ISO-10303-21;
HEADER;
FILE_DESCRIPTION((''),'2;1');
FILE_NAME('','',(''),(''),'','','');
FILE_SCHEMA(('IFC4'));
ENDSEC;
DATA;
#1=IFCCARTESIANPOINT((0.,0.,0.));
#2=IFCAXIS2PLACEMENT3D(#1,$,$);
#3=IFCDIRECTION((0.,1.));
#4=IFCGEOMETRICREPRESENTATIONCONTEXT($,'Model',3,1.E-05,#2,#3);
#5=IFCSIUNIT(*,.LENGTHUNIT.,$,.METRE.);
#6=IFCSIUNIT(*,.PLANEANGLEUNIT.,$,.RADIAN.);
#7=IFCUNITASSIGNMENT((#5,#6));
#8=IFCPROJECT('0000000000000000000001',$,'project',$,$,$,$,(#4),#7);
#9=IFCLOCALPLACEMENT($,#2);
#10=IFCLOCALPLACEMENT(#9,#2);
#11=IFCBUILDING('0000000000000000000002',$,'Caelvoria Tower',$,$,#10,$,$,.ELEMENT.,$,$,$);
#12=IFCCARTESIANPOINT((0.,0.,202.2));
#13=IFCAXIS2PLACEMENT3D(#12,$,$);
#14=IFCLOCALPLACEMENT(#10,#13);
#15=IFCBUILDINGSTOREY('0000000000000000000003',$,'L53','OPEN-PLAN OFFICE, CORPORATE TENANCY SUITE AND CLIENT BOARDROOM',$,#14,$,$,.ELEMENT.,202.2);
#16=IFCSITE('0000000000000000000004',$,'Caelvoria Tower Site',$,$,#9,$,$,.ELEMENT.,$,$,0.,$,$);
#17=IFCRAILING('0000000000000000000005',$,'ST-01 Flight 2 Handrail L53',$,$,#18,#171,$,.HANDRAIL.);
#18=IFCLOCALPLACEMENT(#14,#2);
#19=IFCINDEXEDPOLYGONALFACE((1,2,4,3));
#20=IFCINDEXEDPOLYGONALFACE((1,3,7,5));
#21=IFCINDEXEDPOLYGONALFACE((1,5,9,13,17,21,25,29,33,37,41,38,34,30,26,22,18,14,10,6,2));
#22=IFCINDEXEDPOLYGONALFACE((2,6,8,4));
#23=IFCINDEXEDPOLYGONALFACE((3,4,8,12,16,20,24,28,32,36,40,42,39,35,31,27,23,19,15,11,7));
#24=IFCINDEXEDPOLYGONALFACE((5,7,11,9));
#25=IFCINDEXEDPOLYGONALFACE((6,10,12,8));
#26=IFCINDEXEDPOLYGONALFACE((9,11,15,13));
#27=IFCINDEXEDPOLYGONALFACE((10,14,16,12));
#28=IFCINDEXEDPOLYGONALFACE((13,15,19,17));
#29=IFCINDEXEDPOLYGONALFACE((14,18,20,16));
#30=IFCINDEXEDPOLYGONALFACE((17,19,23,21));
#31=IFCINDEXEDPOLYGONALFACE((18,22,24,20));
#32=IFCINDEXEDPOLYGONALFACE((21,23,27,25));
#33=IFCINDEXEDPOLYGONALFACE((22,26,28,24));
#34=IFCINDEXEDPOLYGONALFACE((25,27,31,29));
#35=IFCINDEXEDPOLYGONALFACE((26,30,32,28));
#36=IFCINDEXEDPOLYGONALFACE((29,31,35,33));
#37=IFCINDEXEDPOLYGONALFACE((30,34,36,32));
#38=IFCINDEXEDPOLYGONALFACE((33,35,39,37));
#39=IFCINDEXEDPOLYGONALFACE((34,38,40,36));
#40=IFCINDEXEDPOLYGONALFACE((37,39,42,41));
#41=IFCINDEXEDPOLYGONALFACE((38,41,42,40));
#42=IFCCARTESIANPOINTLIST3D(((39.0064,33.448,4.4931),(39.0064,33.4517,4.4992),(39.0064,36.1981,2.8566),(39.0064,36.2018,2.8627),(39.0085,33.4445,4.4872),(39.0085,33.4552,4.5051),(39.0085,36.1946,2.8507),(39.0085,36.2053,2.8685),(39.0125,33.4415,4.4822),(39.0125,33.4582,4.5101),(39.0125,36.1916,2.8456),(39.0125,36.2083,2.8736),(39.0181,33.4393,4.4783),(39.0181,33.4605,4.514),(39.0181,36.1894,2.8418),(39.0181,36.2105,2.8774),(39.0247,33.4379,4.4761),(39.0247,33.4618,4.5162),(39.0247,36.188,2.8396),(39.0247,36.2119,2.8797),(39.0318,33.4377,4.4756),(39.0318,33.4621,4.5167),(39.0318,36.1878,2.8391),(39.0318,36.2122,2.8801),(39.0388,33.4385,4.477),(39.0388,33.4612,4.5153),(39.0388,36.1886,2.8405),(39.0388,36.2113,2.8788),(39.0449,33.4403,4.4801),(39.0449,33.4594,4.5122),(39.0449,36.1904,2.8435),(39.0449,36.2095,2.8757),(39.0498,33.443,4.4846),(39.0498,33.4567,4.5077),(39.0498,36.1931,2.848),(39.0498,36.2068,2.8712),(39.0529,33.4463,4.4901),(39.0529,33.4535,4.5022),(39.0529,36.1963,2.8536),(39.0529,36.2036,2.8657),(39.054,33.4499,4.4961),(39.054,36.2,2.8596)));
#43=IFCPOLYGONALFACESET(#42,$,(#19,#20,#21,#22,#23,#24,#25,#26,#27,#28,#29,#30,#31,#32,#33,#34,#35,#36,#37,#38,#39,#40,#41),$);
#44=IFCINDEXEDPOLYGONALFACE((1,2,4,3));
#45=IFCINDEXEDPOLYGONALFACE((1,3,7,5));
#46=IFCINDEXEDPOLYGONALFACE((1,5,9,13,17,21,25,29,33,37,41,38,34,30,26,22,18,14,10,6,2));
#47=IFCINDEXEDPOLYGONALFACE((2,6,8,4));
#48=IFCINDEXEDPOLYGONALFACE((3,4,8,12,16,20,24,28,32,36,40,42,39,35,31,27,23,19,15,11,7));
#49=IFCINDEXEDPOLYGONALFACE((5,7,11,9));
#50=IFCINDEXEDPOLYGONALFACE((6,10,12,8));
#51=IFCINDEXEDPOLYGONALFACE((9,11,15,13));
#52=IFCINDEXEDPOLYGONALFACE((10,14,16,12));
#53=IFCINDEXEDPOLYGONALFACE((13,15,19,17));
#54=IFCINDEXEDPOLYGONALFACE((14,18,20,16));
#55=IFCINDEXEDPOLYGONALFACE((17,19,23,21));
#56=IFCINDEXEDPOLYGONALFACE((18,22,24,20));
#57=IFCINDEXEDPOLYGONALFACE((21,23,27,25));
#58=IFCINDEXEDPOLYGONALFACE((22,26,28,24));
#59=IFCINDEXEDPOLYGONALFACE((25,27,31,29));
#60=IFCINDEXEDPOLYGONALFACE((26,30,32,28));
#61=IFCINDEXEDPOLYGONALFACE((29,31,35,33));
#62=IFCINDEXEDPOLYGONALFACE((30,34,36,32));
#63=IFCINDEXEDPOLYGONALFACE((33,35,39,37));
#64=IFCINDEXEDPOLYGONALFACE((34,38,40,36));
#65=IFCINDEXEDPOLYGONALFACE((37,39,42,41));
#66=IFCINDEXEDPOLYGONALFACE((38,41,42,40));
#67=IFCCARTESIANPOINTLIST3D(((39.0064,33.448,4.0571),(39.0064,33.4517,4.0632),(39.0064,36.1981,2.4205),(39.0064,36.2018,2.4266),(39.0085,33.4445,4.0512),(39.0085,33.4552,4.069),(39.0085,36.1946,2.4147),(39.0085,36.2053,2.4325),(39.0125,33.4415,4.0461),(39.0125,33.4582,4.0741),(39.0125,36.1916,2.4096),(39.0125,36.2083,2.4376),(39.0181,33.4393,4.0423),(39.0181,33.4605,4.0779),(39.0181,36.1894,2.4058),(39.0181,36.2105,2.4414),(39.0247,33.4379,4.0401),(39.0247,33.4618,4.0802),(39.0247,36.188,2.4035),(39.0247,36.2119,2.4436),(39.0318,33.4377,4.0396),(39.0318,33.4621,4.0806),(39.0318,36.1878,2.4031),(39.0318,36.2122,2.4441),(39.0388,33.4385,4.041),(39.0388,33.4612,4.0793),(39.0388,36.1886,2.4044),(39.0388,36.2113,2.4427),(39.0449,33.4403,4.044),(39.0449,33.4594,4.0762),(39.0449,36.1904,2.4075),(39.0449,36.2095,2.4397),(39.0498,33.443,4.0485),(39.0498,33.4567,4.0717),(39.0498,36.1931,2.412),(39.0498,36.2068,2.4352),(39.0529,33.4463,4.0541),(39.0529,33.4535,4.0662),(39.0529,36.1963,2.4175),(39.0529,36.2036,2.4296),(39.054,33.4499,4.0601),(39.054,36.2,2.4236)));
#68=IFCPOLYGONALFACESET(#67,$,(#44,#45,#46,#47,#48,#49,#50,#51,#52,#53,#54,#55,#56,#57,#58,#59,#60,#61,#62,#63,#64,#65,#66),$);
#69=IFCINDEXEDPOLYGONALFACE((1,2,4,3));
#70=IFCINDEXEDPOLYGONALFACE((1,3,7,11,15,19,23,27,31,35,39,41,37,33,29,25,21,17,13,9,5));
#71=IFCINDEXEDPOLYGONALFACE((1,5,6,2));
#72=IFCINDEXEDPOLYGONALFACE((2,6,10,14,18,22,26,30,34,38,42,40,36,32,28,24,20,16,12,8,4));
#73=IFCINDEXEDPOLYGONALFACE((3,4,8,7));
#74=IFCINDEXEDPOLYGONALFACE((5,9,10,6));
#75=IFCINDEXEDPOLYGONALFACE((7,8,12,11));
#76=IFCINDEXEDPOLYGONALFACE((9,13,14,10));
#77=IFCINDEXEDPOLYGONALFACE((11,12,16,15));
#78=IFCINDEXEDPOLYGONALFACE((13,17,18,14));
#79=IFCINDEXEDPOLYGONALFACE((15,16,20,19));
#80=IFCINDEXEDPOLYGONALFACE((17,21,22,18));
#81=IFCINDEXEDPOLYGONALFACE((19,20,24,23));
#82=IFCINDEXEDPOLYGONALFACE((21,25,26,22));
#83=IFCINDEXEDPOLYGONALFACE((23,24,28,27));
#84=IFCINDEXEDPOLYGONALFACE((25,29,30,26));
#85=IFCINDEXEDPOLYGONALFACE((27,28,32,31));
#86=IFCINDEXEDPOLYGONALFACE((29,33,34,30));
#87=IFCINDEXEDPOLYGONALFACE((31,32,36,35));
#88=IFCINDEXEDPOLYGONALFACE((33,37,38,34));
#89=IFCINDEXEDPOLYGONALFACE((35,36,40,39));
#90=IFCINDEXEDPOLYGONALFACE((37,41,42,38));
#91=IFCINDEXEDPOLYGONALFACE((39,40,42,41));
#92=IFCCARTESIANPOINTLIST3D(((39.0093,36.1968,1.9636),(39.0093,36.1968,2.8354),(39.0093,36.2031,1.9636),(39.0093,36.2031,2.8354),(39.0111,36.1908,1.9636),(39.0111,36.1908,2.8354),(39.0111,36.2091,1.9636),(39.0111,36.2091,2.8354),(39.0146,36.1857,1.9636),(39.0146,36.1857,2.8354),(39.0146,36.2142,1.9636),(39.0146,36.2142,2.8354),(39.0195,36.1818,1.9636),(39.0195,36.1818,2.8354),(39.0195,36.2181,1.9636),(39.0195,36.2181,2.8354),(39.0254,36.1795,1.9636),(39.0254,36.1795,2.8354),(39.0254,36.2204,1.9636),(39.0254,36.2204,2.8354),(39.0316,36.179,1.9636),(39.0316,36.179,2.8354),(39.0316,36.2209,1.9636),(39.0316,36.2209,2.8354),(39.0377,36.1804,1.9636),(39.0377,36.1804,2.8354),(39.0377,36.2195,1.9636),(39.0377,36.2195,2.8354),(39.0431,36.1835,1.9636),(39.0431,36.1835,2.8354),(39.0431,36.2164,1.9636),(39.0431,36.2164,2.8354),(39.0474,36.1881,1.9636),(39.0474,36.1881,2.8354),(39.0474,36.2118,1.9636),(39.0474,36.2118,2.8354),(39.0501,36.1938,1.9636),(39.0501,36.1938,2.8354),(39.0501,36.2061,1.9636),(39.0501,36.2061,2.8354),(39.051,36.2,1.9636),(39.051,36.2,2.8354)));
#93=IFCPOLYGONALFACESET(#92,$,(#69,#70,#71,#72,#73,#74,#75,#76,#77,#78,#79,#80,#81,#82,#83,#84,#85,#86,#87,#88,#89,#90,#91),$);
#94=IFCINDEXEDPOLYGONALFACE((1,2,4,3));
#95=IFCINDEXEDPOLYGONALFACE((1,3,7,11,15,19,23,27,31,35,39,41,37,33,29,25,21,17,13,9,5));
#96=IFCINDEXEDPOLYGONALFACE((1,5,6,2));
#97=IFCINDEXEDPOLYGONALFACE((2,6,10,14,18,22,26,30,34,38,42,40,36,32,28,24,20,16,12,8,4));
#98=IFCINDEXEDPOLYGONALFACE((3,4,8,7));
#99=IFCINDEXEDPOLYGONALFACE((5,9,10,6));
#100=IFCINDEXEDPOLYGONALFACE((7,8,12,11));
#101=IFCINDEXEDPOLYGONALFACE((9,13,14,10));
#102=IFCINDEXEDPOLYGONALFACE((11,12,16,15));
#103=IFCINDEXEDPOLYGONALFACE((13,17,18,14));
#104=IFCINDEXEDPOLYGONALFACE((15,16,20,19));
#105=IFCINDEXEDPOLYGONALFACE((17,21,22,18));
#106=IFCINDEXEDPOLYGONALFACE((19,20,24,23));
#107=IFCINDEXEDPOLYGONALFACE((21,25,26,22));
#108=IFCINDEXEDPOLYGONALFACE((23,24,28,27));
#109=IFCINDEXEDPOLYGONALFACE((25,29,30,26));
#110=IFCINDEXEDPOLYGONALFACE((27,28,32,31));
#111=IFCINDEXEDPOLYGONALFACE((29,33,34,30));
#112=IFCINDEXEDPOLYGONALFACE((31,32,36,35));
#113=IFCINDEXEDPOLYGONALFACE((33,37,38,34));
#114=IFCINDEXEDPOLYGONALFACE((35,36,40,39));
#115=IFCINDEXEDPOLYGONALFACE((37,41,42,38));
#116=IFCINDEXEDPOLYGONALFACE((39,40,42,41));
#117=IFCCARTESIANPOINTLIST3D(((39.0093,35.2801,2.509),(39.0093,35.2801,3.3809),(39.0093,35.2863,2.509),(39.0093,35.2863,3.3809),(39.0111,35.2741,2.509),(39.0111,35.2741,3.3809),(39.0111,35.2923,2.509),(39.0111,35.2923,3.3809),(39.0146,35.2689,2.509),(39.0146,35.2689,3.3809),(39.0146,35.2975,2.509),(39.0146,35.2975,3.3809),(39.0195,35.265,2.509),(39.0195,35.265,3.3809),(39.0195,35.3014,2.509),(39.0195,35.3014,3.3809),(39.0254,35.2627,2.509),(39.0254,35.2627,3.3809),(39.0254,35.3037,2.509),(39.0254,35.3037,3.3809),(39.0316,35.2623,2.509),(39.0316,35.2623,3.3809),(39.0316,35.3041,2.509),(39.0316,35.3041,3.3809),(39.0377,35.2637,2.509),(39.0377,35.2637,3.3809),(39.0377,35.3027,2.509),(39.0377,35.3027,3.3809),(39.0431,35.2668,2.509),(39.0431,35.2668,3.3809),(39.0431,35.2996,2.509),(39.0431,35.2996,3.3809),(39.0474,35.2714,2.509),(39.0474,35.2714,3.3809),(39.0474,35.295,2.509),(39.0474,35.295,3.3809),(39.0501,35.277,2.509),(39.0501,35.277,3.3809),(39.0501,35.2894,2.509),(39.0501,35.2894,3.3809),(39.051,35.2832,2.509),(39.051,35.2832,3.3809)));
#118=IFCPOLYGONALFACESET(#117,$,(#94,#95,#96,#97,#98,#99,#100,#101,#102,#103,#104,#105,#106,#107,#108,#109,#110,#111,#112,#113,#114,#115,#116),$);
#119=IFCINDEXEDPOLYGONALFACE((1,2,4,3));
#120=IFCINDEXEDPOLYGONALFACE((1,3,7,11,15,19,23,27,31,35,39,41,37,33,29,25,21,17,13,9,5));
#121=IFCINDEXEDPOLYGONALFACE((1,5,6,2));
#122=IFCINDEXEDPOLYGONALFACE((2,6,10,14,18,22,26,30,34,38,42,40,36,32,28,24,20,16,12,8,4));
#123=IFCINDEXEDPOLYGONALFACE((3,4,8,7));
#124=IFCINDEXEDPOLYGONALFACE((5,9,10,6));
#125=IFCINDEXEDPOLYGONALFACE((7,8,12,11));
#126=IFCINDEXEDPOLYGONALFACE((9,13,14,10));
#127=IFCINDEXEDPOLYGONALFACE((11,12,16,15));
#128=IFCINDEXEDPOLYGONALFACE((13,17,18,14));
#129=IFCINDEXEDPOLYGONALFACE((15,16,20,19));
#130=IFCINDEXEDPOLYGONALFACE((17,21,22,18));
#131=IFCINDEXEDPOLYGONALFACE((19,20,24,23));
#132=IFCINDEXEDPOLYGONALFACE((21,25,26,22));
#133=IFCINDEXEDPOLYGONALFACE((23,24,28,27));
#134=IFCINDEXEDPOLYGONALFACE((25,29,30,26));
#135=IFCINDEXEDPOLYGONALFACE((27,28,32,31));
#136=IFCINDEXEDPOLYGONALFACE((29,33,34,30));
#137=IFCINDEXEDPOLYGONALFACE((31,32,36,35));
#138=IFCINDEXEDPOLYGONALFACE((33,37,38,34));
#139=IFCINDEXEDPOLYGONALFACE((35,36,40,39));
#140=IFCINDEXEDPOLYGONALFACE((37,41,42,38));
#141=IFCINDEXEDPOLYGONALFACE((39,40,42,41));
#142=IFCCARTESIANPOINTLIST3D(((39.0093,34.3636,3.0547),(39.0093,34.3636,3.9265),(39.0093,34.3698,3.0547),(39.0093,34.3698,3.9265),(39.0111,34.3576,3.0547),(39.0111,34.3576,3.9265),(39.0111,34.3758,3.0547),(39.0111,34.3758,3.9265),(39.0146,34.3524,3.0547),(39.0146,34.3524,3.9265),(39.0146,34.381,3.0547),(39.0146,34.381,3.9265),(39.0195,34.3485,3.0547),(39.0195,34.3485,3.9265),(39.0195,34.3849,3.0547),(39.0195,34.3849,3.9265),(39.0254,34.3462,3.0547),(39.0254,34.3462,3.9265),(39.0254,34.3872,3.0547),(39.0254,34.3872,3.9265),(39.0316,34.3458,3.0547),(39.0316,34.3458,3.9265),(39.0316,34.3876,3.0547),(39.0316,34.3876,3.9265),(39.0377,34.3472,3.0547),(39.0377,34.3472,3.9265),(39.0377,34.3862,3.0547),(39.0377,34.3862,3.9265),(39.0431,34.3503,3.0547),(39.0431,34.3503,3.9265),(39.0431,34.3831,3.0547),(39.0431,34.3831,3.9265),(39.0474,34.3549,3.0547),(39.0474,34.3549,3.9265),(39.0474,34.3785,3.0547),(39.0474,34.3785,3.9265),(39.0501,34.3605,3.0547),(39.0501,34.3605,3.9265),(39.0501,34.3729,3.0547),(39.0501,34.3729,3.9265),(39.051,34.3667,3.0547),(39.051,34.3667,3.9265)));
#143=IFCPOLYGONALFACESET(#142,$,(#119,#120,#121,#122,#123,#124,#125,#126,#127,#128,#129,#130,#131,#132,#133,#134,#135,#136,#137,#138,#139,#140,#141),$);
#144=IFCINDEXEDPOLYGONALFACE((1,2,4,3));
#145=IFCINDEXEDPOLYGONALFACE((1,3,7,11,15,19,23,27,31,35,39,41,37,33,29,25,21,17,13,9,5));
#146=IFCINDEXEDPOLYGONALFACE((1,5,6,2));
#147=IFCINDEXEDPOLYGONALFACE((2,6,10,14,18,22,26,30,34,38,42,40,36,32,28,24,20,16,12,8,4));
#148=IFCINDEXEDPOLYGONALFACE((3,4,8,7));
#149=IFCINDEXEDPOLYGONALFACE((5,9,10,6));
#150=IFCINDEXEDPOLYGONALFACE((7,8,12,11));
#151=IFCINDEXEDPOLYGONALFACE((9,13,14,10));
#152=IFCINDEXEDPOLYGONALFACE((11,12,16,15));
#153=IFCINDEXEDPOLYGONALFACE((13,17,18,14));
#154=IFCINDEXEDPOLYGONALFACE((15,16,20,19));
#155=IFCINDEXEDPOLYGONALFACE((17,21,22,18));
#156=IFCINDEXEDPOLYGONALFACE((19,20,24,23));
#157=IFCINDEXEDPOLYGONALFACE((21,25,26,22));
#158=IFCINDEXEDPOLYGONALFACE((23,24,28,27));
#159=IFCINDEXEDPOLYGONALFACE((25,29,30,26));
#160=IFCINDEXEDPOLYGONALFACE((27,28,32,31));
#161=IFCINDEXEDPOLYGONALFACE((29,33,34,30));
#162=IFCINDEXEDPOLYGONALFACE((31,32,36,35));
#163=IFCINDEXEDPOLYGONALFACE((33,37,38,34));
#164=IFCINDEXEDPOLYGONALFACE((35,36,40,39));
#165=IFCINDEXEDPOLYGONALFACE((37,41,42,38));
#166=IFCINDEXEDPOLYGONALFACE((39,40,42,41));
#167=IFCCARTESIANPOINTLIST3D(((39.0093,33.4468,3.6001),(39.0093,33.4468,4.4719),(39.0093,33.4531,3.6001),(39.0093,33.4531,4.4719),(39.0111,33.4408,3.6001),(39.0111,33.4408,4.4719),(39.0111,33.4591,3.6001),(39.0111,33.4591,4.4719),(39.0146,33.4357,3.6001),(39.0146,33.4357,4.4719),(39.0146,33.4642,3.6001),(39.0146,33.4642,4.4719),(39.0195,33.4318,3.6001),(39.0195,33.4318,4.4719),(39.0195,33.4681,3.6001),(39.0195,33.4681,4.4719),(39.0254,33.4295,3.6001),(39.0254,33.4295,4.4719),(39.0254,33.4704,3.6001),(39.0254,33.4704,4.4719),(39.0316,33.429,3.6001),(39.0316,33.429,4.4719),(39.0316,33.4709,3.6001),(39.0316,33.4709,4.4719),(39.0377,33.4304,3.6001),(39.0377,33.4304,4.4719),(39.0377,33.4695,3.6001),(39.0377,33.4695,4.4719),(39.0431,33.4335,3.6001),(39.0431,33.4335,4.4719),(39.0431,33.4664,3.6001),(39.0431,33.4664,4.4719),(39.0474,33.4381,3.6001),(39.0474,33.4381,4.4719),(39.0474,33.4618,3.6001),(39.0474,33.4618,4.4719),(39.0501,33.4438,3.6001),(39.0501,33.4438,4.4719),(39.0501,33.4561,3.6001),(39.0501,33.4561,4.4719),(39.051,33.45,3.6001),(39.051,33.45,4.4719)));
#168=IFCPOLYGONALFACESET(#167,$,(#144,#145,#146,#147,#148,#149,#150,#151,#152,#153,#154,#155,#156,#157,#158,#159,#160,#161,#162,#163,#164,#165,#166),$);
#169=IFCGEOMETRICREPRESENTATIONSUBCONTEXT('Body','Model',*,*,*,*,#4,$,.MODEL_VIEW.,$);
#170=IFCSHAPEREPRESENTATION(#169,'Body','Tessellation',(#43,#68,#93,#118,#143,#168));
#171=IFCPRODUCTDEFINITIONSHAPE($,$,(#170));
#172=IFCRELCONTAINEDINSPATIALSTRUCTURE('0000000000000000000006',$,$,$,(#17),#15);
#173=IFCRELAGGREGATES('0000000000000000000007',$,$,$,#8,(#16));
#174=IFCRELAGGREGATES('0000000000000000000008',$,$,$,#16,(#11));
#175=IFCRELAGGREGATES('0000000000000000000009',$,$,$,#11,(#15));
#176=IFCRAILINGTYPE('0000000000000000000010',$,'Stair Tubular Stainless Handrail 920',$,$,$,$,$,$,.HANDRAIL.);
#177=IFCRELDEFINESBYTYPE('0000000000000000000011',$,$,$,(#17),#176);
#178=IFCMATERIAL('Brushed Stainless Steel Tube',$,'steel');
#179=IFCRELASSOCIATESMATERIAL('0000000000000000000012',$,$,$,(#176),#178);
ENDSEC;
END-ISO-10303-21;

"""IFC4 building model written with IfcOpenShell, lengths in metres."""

from ifc_helpers import new_model, si_unit, direction, frame, origin, origin_2d, place, context, subcontext, project, spatial, circle, extrude, material, type_object, element, save


model = new_model("IFC4")

# Units and contexts
model_context = context("Model", 3, precision=1e-05, world=origin(), true_north=direction((0.0, 1.0)))
body_context = subcontext(model_context, "Body", "Model", "MODEL_VIEW")
ifc_project = project(units=[si_unit("LENGTHUNIT", "METRE"), si_unit("PLANEANGLEUNIT", "RADIAN")], contexts=[model_context])

# Site, building, storey
site_placement = place(None, origin())
site = spatial("IfcSite", under=ifc_project, at=site_placement, Name="Caelvoria Tower Site", CompositionType="ELEMENT", RefElevation=0.0)
building_placement = place(site_placement, origin())
building = spatial("IfcBuilding", under=site, at=building_placement, Name="Caelvoria Tower", CompositionType="ELEMENT")
storey_placement = place(building_placement, frame((0.0, 0.0, 202.2)))
storey = spatial("IfcBuildingStorey", under=building, at=storey_placement, Name="L53", Description="OPEN-PLAN OFFICE, CORPORATE TENANCY SUITE AND CLIENT BOARDROOM", CompositionType="ELEMENT", Elevation=202.2)

# Railing
ifc_material_1 = material(Name="Brushed Stainless Steel Tube", Category="steel")
railing_type_1 = type_object("IfcRailingType", Name="Stair Tubular Stainless Handrail 920", PredefinedType="HANDRAIL", material=ifc_material_1)
railing_1_placement = place(storey_placement, frame((39.03, 36.2, 1.9636)))
element("IfcRailing", 1, at=railing_1_placement, inside=storey, type_object=railing_type_1, Name="ST-01 Flight 2 Handrail L53", PredefinedType="HANDRAIL", context=body_context, shape_type="SweptSolid", body=[
    extrude(circle(Radius=0.0239, at=origin_2d()), frame((0.0, 0.0, 0.896), z_axis=(0.0, -0.859352, 0.511385), x_axis=(1.0, 0.0, 0.0)), (0.0, 0.0, 1.0), 3.2002),
    extrude(circle(Radius=0.0239, at=origin_2d()), frame((0.0, 0.0, 0.46), z_axis=(0.0, -0.859352, 0.511385), x_axis=(1.0, 0.0, 0.0)), (0.0, 0.0, 1.0), 3.2002),
    extrude(circle(Radius=0.021, at=origin_2d()), origin(), (0.0, 0.0, 1.0), 0.8718),
    extrude(circle(Radius=0.021, at=origin_2d()), frame((0.0, -0.9167, 0.5454)), (0.0, 0.0, 1.0), 0.8718),
    extrude(circle(Radius=0.021, at=origin_2d()), frame((0.0, -1.8333, 1.0911)), (0.0, 0.0, 1.0), 0.8718),
    extrude(circle(Radius=0.021, at=origin_2d()), frame((0.0, -2.75, 1.6365)), (0.0, 0.0, 1.0), 0.8718),
])

save(model, "model.ifc")
